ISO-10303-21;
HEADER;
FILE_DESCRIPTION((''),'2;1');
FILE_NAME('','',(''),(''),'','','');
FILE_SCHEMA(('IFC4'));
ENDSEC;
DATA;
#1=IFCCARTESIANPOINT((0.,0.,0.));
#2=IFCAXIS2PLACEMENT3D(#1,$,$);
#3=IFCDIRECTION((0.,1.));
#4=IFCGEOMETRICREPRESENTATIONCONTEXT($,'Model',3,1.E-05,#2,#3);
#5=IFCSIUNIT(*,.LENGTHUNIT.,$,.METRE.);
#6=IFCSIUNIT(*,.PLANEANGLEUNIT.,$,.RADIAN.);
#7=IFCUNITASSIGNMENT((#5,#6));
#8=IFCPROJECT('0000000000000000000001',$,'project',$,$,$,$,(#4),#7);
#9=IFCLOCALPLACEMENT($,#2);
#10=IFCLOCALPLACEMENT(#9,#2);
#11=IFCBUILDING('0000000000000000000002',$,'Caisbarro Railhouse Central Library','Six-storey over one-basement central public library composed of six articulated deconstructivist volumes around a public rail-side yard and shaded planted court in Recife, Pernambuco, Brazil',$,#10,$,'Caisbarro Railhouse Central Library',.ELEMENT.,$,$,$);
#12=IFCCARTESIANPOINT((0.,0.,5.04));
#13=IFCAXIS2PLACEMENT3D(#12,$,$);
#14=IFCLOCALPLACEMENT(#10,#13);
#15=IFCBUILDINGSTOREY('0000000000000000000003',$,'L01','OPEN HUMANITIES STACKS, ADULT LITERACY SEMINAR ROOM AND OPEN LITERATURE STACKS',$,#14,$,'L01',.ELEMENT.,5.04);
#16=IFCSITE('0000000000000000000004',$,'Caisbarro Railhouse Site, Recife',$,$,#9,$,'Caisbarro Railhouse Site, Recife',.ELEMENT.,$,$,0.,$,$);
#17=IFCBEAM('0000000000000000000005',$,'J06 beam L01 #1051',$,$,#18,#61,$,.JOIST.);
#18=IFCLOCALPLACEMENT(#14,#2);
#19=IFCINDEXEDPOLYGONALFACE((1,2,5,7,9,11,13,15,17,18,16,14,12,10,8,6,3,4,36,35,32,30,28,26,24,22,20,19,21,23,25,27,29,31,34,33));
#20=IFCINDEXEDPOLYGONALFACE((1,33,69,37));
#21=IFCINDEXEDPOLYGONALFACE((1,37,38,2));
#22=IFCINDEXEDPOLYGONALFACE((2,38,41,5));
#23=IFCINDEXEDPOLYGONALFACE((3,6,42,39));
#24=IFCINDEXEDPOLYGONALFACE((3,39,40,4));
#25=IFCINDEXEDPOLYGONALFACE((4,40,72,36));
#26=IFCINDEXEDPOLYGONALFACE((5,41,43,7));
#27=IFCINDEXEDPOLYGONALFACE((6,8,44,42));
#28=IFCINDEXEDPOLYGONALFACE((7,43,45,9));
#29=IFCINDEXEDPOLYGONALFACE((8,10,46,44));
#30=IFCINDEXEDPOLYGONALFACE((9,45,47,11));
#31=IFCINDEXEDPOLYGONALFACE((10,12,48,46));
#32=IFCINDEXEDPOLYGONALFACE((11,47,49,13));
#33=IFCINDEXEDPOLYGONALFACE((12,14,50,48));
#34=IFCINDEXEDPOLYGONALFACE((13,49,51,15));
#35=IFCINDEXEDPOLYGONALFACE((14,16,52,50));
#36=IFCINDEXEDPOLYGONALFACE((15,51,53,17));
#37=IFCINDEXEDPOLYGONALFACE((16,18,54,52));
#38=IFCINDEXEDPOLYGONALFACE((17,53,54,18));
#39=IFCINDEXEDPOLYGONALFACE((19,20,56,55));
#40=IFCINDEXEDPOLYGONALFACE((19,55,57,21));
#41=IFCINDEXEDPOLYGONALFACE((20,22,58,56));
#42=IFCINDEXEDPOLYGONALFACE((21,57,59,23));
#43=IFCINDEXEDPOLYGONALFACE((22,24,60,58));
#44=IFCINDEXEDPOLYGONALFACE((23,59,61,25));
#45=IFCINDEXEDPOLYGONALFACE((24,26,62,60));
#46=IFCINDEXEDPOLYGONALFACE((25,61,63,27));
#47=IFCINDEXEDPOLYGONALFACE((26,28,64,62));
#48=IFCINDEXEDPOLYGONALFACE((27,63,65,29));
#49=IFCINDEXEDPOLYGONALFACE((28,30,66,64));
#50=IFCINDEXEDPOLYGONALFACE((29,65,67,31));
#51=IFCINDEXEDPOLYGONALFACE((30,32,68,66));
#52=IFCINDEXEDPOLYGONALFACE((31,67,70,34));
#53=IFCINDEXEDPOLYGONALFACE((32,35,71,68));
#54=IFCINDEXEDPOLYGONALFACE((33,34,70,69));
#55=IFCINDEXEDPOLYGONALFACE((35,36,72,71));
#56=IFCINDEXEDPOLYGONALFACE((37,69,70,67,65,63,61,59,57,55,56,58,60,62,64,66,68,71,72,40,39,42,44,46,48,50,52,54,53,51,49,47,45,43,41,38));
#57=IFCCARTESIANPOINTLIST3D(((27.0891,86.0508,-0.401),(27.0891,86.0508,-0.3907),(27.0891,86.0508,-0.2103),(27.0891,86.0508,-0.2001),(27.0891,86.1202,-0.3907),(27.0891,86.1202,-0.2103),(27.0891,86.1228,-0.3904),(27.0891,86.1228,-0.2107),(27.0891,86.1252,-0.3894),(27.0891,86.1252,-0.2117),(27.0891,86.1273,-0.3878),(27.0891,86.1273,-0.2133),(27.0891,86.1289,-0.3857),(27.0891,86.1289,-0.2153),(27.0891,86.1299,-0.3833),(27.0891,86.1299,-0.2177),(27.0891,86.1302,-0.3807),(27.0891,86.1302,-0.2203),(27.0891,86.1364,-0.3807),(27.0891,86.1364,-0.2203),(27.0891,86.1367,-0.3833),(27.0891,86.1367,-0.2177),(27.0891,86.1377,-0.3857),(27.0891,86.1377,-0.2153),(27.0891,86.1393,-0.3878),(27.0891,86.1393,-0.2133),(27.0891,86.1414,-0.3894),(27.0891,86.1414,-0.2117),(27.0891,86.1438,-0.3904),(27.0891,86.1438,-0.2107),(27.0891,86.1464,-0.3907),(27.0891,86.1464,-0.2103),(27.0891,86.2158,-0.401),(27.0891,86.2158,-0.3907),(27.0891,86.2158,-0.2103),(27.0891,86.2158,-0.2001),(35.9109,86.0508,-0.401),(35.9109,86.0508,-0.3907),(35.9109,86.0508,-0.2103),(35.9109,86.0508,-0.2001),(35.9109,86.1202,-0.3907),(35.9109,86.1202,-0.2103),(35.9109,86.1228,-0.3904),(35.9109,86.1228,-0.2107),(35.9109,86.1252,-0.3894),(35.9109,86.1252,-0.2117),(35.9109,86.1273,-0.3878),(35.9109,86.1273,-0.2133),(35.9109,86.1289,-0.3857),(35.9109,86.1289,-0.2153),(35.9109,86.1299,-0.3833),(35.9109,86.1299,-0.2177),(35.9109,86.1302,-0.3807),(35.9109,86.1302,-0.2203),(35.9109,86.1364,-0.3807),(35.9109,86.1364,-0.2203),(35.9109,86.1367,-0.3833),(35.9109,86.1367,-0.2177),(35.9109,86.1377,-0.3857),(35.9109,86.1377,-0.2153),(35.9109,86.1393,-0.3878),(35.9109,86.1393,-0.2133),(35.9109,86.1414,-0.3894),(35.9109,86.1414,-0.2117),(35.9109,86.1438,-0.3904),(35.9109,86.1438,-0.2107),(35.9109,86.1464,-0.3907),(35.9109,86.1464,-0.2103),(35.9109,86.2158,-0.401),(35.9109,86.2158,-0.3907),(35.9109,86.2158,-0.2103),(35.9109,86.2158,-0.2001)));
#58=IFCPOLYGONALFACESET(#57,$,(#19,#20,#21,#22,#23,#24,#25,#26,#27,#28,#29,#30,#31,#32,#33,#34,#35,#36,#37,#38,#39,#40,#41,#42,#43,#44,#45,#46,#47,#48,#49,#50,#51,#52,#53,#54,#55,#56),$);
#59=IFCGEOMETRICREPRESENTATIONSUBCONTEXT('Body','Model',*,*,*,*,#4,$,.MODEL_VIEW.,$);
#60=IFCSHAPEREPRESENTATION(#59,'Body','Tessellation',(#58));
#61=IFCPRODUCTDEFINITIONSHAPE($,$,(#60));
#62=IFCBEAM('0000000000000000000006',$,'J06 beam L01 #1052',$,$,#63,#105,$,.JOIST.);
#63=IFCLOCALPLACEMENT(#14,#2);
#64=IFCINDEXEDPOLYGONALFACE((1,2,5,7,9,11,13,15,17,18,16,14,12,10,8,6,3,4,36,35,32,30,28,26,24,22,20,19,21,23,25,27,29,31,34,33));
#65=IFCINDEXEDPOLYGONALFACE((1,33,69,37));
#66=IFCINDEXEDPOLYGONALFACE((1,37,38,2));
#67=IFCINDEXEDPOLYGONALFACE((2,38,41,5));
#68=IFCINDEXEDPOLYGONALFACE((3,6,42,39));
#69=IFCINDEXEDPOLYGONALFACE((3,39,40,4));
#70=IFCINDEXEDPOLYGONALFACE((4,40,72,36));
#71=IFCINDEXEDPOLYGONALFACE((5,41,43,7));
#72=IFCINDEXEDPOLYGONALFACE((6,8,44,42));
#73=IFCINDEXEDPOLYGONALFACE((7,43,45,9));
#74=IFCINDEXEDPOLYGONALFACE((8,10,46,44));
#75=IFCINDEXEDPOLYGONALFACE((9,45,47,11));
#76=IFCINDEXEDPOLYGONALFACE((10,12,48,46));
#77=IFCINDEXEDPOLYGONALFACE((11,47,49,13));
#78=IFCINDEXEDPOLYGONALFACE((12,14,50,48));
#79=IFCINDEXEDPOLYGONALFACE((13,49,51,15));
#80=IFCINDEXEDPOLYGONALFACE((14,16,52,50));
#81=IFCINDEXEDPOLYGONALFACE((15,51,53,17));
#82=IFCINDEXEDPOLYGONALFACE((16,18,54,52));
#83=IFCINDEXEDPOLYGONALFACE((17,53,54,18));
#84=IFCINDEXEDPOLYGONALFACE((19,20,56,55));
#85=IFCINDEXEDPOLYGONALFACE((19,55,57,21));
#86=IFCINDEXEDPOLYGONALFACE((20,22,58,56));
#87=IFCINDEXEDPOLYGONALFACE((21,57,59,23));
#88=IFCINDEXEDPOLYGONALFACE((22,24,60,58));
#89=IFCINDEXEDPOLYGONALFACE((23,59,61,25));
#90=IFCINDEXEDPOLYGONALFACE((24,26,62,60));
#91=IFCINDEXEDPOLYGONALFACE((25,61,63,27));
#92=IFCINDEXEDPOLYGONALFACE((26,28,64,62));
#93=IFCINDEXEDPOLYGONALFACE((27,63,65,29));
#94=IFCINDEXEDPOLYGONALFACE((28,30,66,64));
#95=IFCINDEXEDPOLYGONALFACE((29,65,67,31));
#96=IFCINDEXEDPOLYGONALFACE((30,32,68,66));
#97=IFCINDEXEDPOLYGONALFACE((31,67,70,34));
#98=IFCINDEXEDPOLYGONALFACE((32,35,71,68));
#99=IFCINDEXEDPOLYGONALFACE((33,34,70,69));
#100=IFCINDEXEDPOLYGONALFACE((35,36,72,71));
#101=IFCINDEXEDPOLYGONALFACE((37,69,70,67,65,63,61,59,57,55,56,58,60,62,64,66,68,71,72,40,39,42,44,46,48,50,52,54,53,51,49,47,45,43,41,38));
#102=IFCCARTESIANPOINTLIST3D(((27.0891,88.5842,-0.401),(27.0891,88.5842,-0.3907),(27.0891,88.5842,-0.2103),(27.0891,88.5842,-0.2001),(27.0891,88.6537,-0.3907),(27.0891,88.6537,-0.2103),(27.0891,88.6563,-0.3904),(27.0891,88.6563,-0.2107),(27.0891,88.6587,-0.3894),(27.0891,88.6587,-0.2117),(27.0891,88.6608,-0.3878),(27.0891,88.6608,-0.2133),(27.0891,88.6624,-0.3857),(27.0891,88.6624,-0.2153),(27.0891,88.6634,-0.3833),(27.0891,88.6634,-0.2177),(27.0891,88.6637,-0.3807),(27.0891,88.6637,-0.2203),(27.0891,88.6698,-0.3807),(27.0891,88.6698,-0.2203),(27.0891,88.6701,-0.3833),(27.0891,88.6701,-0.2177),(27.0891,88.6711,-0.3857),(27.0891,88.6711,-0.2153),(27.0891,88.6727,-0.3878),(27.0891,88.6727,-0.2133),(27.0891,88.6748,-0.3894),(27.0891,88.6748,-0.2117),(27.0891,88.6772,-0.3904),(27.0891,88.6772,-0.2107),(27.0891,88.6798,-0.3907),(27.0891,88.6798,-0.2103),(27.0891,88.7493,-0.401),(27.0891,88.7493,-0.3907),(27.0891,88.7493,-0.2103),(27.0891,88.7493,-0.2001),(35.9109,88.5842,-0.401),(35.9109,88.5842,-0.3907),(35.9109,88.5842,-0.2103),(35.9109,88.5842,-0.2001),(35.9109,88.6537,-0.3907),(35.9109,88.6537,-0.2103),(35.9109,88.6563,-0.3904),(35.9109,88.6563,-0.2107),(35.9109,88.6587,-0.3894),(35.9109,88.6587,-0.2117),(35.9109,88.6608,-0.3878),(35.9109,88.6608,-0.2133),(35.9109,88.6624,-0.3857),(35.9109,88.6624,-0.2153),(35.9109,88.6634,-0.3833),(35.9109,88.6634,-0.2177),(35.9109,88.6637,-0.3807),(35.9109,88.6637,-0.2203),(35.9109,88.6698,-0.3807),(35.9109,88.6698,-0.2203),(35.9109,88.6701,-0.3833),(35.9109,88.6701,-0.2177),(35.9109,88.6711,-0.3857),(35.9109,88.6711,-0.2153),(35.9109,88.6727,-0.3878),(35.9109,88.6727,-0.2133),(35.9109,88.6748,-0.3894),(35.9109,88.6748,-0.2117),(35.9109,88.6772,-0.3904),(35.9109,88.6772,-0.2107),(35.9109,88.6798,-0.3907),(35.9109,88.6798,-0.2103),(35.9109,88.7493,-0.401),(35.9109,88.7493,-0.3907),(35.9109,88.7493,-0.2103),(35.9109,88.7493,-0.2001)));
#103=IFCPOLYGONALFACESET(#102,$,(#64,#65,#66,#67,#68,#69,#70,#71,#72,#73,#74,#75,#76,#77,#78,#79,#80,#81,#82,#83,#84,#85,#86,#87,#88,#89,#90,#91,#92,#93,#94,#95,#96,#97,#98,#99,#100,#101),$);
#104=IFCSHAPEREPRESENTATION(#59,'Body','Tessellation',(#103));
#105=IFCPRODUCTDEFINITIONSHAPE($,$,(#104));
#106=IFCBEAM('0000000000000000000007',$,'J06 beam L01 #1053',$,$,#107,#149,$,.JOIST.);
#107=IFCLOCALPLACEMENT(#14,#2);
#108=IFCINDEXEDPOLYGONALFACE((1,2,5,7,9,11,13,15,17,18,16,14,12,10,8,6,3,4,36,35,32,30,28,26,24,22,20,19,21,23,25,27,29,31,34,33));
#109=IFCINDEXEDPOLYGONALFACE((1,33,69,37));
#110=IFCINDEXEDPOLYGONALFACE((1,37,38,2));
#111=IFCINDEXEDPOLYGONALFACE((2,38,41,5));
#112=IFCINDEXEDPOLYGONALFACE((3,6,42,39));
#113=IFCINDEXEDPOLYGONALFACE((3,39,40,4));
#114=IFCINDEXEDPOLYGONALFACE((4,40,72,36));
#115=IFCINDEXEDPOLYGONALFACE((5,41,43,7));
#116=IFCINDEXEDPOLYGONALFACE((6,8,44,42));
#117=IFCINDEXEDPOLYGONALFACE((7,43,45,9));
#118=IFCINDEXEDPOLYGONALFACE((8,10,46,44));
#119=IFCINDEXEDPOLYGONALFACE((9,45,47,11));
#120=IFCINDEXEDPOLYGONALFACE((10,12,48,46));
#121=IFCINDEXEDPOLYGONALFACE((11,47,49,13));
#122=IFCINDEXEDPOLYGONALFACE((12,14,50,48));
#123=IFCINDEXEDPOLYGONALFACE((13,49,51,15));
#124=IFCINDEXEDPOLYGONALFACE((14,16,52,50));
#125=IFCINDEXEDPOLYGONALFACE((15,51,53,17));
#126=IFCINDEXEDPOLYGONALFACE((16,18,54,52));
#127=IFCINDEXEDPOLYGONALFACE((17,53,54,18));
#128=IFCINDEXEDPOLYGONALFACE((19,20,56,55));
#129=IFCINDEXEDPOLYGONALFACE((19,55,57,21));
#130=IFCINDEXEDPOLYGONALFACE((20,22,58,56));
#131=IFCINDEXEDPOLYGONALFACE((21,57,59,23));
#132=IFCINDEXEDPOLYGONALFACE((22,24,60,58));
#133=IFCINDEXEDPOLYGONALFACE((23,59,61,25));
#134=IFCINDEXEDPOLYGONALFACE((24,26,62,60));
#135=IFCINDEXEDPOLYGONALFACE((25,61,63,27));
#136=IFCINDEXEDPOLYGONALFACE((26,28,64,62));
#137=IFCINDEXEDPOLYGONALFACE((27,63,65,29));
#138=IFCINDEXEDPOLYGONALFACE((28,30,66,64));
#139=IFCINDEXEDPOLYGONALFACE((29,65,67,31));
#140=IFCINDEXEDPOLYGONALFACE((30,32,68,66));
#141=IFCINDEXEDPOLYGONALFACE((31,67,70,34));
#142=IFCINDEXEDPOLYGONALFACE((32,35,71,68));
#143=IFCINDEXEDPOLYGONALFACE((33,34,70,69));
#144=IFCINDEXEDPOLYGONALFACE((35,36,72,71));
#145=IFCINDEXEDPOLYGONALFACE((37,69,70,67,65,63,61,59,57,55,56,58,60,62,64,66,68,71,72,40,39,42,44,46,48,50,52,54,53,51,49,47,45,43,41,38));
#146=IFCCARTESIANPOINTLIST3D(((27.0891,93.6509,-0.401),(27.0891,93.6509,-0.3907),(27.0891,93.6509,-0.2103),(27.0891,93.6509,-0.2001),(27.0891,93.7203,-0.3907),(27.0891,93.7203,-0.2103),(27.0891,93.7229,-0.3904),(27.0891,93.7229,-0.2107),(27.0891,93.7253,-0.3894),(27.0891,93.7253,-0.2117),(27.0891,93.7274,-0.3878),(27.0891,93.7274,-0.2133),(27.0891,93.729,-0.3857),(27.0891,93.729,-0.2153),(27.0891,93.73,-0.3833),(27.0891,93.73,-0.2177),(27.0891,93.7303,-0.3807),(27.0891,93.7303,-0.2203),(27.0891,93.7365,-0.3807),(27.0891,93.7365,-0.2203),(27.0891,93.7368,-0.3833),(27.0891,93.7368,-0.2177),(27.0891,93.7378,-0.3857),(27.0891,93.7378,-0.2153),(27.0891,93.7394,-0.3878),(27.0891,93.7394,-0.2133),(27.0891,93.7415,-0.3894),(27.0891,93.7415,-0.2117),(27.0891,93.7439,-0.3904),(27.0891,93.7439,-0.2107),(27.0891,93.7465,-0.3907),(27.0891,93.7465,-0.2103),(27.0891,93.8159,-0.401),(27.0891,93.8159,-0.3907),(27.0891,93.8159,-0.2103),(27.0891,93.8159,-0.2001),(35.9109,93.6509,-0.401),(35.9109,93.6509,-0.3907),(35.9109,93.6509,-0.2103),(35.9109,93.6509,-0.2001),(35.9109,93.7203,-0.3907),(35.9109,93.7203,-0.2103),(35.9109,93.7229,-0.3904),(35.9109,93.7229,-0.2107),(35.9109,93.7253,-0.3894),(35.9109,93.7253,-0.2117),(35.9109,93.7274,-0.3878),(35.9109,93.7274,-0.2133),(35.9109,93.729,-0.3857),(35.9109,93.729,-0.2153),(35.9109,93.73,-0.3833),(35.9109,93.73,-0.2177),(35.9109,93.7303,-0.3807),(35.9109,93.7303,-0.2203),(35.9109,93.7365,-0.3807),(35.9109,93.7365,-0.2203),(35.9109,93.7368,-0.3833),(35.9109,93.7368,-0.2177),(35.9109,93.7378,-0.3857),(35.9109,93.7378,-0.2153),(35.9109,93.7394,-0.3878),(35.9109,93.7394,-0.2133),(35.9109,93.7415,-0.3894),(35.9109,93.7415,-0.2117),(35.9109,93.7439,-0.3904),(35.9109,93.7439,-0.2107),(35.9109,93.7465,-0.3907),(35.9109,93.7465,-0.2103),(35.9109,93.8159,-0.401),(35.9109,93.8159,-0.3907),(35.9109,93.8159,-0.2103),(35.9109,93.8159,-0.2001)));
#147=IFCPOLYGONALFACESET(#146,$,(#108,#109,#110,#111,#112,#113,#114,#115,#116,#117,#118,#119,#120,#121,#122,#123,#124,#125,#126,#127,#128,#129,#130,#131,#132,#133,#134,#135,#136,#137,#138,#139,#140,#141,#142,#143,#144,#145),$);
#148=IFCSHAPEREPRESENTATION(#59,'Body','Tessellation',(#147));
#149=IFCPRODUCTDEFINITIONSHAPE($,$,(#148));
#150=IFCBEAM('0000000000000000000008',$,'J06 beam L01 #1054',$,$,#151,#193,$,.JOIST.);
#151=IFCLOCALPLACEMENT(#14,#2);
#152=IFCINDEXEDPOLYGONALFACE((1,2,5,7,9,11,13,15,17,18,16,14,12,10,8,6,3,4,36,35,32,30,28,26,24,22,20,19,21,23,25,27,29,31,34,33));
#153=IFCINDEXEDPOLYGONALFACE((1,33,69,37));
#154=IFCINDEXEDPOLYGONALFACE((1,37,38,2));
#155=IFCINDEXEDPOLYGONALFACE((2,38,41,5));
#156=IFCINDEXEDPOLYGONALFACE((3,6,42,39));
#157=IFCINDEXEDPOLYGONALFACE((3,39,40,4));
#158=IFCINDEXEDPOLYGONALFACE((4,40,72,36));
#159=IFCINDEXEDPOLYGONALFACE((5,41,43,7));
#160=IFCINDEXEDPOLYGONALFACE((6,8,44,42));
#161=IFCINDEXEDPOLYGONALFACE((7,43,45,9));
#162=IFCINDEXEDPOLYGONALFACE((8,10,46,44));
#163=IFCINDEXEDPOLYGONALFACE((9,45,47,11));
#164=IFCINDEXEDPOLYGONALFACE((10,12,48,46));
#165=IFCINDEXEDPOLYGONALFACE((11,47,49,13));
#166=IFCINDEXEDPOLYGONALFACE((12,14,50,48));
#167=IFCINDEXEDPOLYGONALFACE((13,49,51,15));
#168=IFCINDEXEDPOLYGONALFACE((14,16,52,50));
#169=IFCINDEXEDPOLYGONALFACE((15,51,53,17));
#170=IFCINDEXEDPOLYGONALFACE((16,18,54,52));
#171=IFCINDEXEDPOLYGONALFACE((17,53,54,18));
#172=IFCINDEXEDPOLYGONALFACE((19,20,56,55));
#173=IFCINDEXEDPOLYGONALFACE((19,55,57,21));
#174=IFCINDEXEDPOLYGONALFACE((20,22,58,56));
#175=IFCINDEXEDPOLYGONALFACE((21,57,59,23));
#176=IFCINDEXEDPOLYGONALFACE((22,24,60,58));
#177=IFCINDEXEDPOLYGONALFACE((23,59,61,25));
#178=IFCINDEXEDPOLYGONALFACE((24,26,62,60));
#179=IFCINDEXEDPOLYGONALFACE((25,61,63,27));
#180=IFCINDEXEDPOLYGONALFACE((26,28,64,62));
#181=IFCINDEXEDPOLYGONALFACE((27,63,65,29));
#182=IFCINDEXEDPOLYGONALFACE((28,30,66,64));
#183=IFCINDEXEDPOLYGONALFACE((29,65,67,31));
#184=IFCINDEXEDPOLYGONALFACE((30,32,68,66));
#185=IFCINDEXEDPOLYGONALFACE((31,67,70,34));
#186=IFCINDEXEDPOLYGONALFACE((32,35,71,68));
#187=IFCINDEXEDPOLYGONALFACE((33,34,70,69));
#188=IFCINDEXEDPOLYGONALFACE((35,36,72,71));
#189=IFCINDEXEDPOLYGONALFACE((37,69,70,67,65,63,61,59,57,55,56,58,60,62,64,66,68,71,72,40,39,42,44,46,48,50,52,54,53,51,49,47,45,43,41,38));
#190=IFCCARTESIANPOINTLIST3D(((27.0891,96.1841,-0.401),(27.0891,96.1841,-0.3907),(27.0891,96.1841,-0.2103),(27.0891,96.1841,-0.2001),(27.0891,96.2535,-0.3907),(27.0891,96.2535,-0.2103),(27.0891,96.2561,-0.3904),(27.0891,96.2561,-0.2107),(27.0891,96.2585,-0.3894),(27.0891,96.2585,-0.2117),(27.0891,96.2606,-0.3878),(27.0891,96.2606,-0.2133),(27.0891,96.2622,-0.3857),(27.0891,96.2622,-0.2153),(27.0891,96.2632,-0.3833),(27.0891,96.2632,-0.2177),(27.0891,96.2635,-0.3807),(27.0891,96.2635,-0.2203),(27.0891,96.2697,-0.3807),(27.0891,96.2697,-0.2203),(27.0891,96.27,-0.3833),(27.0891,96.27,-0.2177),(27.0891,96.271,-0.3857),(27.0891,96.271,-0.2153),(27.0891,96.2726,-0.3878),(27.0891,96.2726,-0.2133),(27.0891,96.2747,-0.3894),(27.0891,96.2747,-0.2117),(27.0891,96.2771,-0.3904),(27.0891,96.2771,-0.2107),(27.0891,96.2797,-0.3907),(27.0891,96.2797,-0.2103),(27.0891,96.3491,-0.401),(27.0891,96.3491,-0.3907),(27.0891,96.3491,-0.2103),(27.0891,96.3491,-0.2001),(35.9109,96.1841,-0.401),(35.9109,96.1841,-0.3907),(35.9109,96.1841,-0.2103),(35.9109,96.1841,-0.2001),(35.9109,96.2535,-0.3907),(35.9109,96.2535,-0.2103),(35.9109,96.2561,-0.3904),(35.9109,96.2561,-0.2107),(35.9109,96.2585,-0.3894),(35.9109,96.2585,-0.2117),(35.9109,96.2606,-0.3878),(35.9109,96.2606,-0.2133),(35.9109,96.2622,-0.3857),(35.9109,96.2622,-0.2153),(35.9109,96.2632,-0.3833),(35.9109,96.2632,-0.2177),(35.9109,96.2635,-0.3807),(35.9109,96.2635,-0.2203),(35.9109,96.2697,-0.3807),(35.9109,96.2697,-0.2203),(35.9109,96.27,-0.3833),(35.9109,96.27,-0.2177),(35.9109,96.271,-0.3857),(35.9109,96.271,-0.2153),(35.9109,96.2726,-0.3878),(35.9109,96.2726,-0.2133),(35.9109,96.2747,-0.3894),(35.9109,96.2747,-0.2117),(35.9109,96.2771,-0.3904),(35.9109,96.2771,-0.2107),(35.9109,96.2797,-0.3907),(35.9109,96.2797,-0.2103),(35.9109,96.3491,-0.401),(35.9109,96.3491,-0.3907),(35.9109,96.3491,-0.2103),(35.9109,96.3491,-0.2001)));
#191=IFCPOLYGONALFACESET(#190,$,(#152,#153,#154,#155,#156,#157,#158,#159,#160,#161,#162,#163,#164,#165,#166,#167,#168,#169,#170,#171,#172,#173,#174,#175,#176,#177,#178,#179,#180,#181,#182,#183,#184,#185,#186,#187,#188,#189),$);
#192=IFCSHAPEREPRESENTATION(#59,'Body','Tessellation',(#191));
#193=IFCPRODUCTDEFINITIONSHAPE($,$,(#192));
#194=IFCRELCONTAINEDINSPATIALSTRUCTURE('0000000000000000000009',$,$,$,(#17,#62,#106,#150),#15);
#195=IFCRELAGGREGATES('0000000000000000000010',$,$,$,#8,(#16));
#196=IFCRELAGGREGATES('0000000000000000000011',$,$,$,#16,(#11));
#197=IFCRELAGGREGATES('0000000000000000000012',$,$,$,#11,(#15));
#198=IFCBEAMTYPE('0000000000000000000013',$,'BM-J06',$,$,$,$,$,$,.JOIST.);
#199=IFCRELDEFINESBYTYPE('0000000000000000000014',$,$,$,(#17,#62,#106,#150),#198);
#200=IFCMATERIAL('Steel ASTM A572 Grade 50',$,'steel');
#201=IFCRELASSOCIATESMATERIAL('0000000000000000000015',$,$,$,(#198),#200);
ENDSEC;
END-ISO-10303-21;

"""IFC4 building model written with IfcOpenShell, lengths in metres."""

from ifc_helpers import new_model, si_unit, direction, frame, origin, origin_2d, place, context, subcontext, project, spatial, i_section, extrude, material, material_profile, profile_set, type_object, element, save


model = new_model("IFC4")

# Units and contexts
model_context = context("Model", 3, precision=1e-05, world=origin(), true_north=direction((0.0, 1.0)))
body_context = subcontext(model_context, "Body", "Model", "MODEL_VIEW")
ifc_project = project(units=[si_unit("LENGTHUNIT", "METRE"), si_unit("PLANEANGLEUNIT", "RADIAN")], contexts=[model_context])

# Site, building, storey
site_placement = place(None, origin())
site = spatial("IfcSite", under=ifc_project, at=site_placement, Name="Caisbarro Railhouse Site, Recife", LongName="Caisbarro Railhouse Site, Recife", CompositionType="ELEMENT", RefElevation=0.0)
building_placement = place(site_placement, origin())
building = spatial("IfcBuilding", under=site, at=building_placement, Name="Caisbarro Railhouse Central Library", Description="Six-storey over one-basement central public library composed of six articulated deconstructivist volumes around a public rail-side yard and shaded planted court in Recife, Pernambuco, Brazil", LongName="Caisbarro Railhouse Central Library", CompositionType="ELEMENT")
storey_placement = place(building_placement, frame((0.0, 0.0, 5.04)))
storey = spatial("IfcBuildingStorey", under=building, at=storey_placement, Name="L01", Description="OPEN HUMANITIES STACKS, ADULT LITERACY SEMINAR ROOM AND OPEN LITERATURE STACKS", LongName="L01", CompositionType="ELEMENT", Elevation=5.04)

# Shared definitions
ifc_material_1 = material(Name="Steel ASTM A572 Grade 50", Category="steel")

# Beams
ifc_material_profile_1 = material_profile(ifc_material_1, i_section(OverallWidth=0.165, OverallDepth=0.2009, WebThickness=0.0061, FlangeThickness=0.0103, FilletRadius=0.01, at=origin_2d()), Name="W200X35.9")
ifc_profile_set_1 = profile_set([ifc_material_profile_1], Name="Steel ASTM A572 Grade 50")
beam_type_1 = type_object("IfcBeamType", Name="BM-J06", PredefinedType="JOIST", material=ifc_profile_set_1)
for number, where, z_axis, x_axis, name in (
    (1, (27.0891, 86.1333, -0.3005), (1.0, 0.0, 0.0), (0.0, 1.0, 0.0), "J06 beam L01 #1051"),
    (2, (27.0891, 88.6667, -0.3005), (1.0, 0.0, 0.0), (0.0, 1.0, 0.0), "J06 beam L01 #1052"),
    (3, (27.0891, 93.7334, -0.3005), (1.0, 0.0, 0.0), (0.0, 1.0, 0.0), "J06 beam L01 #1053"),
    (4, (27.0891, 96.2666, -0.3005), (1.0, 0.0, 0.0), (0.0, 1.0, 0.0), "J06 beam L01 #1054"),
):
    element("IfcBeam", number, at=place(storey_placement, frame(where, z_axis=z_axis, x_axis=x_axis)), inside=storey, type_object=beam_type_1, Name=name, PredefinedType="JOIST", context=body_context, shape_type="SweptSolid", body=[
        extrude(i_section(OverallWidth=0.165, OverallDepth=0.2009, WebThickness=0.0061, FlangeThickness=0.0103, FilletRadius=0.01, at=origin_2d()), origin(), (0.0, 0.0, 1.0), 8.8218),
    ])

save(model, "model.ifc")
